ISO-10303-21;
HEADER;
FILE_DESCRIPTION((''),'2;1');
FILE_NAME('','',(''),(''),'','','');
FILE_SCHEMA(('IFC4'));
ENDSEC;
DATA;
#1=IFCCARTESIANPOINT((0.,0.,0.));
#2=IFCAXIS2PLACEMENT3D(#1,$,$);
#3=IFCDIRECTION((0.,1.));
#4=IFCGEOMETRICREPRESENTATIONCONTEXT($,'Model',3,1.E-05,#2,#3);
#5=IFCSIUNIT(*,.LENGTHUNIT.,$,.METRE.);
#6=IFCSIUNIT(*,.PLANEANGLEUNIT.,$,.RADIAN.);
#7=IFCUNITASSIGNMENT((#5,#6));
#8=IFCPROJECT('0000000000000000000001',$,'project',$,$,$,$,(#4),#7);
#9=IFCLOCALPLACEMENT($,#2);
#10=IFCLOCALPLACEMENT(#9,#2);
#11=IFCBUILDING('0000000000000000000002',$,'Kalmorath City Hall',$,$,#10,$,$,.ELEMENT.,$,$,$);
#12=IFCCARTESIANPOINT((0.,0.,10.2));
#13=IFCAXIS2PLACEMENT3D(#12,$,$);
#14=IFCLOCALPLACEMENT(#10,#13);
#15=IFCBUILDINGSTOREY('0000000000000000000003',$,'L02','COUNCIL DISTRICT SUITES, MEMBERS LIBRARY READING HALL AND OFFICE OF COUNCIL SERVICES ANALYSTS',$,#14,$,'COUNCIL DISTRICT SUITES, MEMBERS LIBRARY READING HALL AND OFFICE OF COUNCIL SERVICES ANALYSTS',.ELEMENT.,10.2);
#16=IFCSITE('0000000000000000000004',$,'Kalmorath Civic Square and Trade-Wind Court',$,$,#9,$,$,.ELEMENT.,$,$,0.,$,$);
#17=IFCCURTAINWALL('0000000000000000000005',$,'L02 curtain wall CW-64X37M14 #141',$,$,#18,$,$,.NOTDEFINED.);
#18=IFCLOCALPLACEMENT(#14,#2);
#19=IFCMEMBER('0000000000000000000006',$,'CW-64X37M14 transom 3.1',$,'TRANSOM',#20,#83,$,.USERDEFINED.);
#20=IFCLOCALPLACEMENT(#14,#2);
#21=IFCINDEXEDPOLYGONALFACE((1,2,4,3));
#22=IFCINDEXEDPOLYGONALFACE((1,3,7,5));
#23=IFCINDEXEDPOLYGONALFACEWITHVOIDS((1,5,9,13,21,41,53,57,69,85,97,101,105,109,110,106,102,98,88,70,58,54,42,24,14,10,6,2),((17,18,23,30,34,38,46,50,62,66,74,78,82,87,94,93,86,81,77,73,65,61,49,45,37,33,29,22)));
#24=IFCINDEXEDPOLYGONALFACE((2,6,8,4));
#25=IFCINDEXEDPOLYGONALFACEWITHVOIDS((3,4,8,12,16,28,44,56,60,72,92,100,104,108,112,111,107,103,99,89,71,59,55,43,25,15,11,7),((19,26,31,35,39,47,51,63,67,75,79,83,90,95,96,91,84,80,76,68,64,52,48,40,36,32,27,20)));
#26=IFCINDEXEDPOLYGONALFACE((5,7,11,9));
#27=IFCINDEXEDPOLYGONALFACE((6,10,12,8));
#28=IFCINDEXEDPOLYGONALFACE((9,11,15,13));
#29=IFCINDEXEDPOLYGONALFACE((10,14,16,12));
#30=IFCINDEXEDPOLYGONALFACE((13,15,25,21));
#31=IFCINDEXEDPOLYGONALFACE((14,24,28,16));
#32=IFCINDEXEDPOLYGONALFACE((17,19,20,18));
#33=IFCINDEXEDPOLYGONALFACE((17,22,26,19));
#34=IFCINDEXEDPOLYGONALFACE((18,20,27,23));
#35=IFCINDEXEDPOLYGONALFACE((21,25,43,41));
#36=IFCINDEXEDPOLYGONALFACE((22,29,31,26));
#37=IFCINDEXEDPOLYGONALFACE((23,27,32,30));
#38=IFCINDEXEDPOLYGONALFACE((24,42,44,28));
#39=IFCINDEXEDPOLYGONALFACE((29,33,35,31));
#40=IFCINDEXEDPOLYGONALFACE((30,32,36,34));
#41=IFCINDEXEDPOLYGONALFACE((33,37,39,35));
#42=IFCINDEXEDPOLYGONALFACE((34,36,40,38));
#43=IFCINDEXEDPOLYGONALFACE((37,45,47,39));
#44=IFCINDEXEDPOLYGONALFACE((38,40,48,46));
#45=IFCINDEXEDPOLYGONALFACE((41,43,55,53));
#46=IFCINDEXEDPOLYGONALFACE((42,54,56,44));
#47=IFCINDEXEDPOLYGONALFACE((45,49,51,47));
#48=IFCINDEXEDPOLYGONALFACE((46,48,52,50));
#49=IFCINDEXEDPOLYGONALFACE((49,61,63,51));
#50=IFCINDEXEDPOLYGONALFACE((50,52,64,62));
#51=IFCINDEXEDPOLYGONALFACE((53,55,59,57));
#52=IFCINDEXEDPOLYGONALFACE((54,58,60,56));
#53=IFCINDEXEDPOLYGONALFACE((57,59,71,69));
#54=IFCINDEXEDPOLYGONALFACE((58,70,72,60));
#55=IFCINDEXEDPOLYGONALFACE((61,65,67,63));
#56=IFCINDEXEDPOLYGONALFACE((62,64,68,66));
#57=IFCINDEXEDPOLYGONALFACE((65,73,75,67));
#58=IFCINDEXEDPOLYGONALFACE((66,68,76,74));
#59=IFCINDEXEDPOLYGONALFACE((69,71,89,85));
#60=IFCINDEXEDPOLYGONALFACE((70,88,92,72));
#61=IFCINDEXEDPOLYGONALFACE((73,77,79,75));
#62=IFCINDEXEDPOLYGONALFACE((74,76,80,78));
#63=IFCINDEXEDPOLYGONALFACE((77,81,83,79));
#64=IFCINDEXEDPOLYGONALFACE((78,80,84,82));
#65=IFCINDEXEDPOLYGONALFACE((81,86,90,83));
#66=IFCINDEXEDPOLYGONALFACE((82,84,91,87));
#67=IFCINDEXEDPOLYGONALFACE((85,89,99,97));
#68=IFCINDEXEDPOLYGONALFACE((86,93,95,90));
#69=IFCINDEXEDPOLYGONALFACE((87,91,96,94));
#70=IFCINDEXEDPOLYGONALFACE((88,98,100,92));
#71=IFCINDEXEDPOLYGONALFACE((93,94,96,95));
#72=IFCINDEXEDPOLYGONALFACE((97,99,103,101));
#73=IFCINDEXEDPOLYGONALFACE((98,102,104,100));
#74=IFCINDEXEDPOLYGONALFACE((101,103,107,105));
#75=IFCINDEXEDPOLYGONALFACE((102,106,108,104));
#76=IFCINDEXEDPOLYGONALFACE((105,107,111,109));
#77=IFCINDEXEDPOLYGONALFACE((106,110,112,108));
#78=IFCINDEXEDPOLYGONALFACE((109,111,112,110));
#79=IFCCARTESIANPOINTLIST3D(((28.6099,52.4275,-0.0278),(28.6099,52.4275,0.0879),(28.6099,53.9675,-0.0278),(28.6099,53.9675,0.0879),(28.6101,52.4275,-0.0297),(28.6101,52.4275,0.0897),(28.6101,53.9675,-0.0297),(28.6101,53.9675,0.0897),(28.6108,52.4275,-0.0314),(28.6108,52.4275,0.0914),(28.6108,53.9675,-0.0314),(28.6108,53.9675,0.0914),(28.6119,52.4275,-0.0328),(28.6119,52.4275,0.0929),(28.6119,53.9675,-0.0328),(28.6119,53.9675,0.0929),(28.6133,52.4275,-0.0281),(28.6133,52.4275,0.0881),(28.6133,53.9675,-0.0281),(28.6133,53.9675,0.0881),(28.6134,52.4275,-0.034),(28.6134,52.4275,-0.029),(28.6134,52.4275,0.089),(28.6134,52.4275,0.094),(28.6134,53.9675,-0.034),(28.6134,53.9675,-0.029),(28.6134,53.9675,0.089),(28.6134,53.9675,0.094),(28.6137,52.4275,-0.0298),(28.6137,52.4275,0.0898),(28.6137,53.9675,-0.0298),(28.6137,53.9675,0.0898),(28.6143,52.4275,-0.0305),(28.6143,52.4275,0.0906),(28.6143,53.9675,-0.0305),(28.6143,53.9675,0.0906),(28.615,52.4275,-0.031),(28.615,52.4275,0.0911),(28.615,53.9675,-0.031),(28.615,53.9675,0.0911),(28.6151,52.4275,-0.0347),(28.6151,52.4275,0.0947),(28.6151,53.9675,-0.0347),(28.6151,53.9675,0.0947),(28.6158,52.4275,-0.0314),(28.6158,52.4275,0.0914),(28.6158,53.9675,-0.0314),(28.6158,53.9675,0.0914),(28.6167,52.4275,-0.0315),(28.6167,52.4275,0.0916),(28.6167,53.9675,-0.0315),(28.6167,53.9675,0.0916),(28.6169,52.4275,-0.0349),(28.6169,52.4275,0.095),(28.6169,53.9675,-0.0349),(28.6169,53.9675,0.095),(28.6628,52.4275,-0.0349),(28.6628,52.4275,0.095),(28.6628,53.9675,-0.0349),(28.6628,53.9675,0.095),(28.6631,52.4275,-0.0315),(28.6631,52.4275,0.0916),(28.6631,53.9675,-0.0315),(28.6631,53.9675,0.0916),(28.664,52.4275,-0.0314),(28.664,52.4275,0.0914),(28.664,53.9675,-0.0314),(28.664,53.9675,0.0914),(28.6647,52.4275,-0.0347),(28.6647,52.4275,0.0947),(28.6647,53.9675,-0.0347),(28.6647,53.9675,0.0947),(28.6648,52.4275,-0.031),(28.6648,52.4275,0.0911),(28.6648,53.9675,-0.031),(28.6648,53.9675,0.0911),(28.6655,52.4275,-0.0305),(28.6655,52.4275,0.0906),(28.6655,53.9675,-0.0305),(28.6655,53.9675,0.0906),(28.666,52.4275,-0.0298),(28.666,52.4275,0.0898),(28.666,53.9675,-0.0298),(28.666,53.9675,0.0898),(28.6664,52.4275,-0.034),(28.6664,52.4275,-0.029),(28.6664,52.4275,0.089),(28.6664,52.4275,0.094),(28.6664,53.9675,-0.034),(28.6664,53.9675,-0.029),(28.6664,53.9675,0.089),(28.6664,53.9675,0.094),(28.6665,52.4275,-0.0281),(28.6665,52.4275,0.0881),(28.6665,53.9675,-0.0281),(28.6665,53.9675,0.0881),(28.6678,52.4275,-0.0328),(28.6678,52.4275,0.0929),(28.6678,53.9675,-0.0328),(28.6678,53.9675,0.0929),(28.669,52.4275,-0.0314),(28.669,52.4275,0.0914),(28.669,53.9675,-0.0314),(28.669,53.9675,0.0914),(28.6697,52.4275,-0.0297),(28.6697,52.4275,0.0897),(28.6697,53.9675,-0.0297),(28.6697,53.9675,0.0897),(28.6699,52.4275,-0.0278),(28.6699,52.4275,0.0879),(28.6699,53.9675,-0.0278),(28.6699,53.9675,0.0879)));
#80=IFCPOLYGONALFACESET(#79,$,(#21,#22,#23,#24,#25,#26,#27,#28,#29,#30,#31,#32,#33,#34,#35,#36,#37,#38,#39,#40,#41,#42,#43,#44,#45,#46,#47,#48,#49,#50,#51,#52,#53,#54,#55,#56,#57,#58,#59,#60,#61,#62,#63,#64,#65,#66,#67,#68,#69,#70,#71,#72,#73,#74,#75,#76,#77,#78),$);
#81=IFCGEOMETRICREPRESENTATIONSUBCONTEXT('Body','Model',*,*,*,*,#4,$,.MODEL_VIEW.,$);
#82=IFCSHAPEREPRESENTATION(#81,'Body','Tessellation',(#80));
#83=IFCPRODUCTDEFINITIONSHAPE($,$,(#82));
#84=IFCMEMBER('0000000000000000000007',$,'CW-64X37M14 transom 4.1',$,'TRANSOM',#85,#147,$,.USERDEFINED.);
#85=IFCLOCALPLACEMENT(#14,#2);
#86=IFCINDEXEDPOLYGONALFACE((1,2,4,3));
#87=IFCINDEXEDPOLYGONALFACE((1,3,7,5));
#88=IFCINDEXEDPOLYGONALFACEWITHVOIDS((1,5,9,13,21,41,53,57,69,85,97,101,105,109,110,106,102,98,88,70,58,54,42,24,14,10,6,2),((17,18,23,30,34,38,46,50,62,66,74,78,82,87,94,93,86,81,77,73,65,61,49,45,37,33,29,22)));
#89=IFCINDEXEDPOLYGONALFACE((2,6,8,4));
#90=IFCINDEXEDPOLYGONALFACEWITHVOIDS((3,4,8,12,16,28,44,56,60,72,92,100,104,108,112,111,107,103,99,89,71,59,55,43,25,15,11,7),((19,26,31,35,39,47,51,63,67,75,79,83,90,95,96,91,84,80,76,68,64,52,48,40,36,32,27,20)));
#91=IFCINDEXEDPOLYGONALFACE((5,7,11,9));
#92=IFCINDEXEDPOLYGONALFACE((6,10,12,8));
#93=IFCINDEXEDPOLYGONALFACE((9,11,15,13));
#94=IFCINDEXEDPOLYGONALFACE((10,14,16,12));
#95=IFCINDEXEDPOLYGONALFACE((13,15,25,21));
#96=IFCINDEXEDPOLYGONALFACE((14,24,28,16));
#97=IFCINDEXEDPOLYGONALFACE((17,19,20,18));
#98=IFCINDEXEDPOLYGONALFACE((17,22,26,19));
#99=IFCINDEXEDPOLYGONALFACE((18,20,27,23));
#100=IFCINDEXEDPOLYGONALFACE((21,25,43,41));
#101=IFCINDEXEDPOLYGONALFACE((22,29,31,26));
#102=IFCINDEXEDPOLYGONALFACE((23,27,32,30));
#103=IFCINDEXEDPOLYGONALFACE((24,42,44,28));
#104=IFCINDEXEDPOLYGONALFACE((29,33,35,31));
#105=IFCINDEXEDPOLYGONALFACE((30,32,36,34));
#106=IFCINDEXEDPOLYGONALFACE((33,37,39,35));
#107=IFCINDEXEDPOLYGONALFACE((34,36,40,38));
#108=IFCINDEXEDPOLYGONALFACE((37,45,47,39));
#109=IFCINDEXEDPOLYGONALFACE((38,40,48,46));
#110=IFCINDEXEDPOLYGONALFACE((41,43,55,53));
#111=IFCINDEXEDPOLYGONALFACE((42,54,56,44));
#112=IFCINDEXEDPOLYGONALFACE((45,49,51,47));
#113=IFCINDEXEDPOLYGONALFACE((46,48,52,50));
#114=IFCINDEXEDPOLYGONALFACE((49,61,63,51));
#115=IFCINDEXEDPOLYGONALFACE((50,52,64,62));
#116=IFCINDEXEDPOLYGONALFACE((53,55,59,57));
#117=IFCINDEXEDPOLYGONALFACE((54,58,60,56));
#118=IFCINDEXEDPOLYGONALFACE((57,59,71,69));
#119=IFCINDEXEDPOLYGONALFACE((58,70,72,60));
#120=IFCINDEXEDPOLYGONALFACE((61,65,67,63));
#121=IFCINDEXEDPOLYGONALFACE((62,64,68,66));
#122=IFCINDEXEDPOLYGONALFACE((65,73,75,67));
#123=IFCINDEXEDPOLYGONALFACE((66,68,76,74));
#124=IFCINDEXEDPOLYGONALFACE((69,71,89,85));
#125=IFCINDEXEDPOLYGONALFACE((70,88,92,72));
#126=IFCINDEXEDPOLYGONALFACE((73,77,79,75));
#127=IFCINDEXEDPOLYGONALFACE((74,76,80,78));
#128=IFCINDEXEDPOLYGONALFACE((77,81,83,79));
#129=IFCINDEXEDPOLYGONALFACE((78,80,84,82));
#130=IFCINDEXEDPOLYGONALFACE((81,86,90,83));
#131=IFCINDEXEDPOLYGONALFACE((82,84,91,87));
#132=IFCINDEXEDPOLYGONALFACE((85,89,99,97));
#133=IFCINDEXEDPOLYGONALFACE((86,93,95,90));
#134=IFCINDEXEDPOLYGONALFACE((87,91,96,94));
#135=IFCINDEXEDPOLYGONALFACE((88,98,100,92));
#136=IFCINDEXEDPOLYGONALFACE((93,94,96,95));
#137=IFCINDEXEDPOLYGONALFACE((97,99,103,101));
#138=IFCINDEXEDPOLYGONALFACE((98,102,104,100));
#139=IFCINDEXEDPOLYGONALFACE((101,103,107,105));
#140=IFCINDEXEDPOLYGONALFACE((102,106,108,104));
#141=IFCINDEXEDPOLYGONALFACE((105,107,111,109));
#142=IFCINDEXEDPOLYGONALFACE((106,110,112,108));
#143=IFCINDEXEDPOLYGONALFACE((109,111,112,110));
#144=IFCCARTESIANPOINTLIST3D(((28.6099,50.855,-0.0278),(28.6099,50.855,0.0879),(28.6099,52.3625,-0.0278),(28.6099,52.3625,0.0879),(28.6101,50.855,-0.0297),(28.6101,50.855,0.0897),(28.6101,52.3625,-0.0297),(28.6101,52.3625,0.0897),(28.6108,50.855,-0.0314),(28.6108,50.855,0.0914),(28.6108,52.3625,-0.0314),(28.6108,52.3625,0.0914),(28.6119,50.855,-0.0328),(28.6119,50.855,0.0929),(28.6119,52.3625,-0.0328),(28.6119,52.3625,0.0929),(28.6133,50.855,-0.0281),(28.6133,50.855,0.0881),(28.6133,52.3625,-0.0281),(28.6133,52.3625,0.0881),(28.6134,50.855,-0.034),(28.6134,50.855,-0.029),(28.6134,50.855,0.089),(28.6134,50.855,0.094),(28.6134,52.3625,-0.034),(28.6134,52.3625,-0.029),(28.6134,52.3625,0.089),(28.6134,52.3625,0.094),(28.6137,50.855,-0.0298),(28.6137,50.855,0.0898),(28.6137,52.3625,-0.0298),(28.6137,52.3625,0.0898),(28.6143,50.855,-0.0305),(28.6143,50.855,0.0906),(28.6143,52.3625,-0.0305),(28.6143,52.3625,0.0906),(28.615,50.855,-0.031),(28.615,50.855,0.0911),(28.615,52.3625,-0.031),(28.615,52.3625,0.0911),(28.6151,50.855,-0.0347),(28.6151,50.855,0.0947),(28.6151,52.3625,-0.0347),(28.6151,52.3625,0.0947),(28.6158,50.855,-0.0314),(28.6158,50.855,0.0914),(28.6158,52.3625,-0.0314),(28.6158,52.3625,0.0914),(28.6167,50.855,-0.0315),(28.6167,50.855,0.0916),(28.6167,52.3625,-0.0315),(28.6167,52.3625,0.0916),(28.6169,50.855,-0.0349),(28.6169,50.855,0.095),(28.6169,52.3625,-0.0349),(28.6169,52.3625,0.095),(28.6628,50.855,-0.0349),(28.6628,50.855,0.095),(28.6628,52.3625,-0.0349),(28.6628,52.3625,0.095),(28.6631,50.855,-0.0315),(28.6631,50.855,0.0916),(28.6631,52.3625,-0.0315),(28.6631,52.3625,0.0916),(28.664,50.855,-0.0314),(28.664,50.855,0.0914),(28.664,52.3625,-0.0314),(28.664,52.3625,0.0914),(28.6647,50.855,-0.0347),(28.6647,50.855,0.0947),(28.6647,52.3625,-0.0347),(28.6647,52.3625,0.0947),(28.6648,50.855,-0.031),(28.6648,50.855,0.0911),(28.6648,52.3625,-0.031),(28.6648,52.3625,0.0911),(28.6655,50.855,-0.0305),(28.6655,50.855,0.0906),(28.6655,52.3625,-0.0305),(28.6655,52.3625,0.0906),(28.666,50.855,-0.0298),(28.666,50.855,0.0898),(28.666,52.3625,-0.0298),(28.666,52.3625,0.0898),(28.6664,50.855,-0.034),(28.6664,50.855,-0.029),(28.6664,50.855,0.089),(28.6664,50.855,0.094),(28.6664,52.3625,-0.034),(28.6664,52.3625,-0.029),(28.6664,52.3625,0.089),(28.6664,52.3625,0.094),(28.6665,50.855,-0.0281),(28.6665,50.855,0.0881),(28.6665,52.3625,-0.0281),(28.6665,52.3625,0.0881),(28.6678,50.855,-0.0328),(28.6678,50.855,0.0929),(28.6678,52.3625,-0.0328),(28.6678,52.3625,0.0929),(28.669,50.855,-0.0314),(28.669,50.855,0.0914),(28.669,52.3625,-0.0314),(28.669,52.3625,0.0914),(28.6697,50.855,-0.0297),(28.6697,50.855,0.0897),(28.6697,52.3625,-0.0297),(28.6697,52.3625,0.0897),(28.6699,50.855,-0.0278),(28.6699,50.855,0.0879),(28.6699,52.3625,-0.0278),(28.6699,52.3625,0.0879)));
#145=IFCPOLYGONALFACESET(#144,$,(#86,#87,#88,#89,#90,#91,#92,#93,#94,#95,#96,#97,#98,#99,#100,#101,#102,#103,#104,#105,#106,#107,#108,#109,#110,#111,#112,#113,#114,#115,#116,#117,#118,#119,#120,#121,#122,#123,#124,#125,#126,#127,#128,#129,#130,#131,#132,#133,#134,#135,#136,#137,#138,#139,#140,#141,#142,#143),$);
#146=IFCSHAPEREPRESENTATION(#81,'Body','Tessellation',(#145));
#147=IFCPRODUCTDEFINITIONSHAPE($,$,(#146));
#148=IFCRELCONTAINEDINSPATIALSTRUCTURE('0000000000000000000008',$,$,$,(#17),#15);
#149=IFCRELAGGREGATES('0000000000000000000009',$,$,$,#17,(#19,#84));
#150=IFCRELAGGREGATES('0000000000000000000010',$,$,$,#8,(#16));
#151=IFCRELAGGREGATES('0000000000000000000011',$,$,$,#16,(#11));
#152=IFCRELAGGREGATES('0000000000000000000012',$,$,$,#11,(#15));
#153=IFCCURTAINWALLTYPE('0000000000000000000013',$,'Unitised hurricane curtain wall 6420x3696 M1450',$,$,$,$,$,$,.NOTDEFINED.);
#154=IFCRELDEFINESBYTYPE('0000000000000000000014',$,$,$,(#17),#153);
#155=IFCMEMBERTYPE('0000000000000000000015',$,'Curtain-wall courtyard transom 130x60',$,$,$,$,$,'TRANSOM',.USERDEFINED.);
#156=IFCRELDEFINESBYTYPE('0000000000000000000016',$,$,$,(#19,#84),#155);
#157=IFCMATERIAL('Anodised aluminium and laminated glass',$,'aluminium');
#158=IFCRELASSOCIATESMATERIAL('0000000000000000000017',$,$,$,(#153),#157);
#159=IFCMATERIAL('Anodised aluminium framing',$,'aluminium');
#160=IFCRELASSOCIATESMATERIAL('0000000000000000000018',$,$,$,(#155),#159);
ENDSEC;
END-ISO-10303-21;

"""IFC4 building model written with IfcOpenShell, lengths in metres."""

from ifc_helpers import new_model, si_unit, direction, frame, origin, origin_2d, place, context, subcontext, project, spatial, hollow_rectangle, extrude, material, material_profile, profile_set, type_object, element, aggregate, save


model = new_model("IFC4")

# Units and contexts
model_context = context("Model", 3, precision=1e-05, world=origin(), true_north=direction((0.0, 1.0)))
body_context = subcontext(model_context, "Body", "Model", "MODEL_VIEW")
ifc_project = project(units=[si_unit("LENGTHUNIT", "METRE"), si_unit("PLANEANGLEUNIT", "RADIAN")], contexts=[model_context])

# Site, building, storey
site_placement = place(None, origin())
site = spatial("IfcSite", under=ifc_project, at=site_placement, Name="Kalmorath Civic Square and Trade-Wind Court", CompositionType="ELEMENT", RefElevation=0.0)
building_placement = place(site_placement, origin())
building = spatial("IfcBuilding", under=site, at=building_placement, Name="Kalmorath City Hall", CompositionType="ELEMENT")
storey_placement = place(building_placement, frame((0.0, 0.0, 10.2)))
storey = spatial("IfcBuildingStorey", under=building, at=storey_placement, Name="L02", Description="COUNCIL DISTRICT SUITES, MEMBERS LIBRARY READING HALL AND OFFICE OF COUNCIL SERVICES ANALYSTS", LongName="COUNCIL DISTRICT SUITES, MEMBERS LIBRARY READING HALL AND OFFICE OF COUNCIL SERVICES ANALYSTS", CompositionType="ELEMENT", Elevation=10.2)

# Curtain wall, members
ifc_material_1 = material(Name="Anodised aluminium and laminated glass", Category="aluminium")
curtain_wall_type = type_object("IfcCurtainWallType", Name="Unitised hurricane curtain wall 6420x3696 M1450", PredefinedType="NOTDEFINED", material=ifc_material_1)
curtain_wall_placement = place(storey_placement, origin())
curtain_wall = element("IfcCurtainWall", 1, at=curtain_wall_placement, inside=storey, type_object=curtain_wall_type, Name="L02 curtain wall CW-64X37M14 #141", PredefinedType="NOTDEFINED")
ifc_material_2 = material(Name="Anodised aluminium framing", Category="aluminium")
ifc_material_profile_1 = material_profile(ifc_material_2, hollow_rectangle(XDim=0.0601, YDim=0.1299, WallThickness=0.0034, InnerFilletRadius=0.0034, OuterFilletRadius=0.0071, at=origin_2d()), Name="ALU-TRN-130X60X3.5")
ifc_profile_set_1 = profile_set([ifc_material_profile_1], Name="Anodised aluminium framing")
member_type_1 = type_object("IfcMemberType", Name="Curtain-wall courtyard transom 130x60", ElementType="TRANSOM", PredefinedType="USERDEFINED", material=ifc_profile_set_1)
member_1_placement = place(storey_placement, frame((28.6399, 53.9675, 0.03), z_axis=(0.0, -1.0, 0.0), x_axis=(1.0, 0.0, 0.0)))
member_1 = element("IfcMember", 2, at=member_1_placement, type_object=member_type_1, Name="CW-64X37M14 transom 3.1", ObjectType="TRANSOM", PredefinedType="USERDEFINED", context=body_context, shape_type="SweptSolid", body=[
    extrude(hollow_rectangle(XDim=0.0601, YDim=0.1299, WallThickness=0.0034, InnerFilletRadius=0.0034, OuterFilletRadius=0.0071, at=origin_2d()), origin(), (0.0, 0.0, 1.0), 1.54),
])
member_2_placement = place(storey_placement, frame((28.6399, 52.3625, 0.03), z_axis=(0.0, -1.0, 0.0), x_axis=(1.0, 0.0, 0.0)))
member_2 = element("IfcMember", 3, at=member_2_placement, type_object=member_type_1, Name="CW-64X37M14 transom 4.1", ObjectType="TRANSOM", PredefinedType="USERDEFINED", context=body_context, shape_type="SweptSolid", body=[
    extrude(hollow_rectangle(XDim=0.0601, YDim=0.1299, WallThickness=0.0034, InnerFilletRadius=0.0034, OuterFilletRadius=0.0071, at=origin_2d()), origin(), (0.0, 0.0, 1.0), 1.5076),
])

aggregate(curtain_wall, [member_1, member_2])

save(model, "model.ifc")
